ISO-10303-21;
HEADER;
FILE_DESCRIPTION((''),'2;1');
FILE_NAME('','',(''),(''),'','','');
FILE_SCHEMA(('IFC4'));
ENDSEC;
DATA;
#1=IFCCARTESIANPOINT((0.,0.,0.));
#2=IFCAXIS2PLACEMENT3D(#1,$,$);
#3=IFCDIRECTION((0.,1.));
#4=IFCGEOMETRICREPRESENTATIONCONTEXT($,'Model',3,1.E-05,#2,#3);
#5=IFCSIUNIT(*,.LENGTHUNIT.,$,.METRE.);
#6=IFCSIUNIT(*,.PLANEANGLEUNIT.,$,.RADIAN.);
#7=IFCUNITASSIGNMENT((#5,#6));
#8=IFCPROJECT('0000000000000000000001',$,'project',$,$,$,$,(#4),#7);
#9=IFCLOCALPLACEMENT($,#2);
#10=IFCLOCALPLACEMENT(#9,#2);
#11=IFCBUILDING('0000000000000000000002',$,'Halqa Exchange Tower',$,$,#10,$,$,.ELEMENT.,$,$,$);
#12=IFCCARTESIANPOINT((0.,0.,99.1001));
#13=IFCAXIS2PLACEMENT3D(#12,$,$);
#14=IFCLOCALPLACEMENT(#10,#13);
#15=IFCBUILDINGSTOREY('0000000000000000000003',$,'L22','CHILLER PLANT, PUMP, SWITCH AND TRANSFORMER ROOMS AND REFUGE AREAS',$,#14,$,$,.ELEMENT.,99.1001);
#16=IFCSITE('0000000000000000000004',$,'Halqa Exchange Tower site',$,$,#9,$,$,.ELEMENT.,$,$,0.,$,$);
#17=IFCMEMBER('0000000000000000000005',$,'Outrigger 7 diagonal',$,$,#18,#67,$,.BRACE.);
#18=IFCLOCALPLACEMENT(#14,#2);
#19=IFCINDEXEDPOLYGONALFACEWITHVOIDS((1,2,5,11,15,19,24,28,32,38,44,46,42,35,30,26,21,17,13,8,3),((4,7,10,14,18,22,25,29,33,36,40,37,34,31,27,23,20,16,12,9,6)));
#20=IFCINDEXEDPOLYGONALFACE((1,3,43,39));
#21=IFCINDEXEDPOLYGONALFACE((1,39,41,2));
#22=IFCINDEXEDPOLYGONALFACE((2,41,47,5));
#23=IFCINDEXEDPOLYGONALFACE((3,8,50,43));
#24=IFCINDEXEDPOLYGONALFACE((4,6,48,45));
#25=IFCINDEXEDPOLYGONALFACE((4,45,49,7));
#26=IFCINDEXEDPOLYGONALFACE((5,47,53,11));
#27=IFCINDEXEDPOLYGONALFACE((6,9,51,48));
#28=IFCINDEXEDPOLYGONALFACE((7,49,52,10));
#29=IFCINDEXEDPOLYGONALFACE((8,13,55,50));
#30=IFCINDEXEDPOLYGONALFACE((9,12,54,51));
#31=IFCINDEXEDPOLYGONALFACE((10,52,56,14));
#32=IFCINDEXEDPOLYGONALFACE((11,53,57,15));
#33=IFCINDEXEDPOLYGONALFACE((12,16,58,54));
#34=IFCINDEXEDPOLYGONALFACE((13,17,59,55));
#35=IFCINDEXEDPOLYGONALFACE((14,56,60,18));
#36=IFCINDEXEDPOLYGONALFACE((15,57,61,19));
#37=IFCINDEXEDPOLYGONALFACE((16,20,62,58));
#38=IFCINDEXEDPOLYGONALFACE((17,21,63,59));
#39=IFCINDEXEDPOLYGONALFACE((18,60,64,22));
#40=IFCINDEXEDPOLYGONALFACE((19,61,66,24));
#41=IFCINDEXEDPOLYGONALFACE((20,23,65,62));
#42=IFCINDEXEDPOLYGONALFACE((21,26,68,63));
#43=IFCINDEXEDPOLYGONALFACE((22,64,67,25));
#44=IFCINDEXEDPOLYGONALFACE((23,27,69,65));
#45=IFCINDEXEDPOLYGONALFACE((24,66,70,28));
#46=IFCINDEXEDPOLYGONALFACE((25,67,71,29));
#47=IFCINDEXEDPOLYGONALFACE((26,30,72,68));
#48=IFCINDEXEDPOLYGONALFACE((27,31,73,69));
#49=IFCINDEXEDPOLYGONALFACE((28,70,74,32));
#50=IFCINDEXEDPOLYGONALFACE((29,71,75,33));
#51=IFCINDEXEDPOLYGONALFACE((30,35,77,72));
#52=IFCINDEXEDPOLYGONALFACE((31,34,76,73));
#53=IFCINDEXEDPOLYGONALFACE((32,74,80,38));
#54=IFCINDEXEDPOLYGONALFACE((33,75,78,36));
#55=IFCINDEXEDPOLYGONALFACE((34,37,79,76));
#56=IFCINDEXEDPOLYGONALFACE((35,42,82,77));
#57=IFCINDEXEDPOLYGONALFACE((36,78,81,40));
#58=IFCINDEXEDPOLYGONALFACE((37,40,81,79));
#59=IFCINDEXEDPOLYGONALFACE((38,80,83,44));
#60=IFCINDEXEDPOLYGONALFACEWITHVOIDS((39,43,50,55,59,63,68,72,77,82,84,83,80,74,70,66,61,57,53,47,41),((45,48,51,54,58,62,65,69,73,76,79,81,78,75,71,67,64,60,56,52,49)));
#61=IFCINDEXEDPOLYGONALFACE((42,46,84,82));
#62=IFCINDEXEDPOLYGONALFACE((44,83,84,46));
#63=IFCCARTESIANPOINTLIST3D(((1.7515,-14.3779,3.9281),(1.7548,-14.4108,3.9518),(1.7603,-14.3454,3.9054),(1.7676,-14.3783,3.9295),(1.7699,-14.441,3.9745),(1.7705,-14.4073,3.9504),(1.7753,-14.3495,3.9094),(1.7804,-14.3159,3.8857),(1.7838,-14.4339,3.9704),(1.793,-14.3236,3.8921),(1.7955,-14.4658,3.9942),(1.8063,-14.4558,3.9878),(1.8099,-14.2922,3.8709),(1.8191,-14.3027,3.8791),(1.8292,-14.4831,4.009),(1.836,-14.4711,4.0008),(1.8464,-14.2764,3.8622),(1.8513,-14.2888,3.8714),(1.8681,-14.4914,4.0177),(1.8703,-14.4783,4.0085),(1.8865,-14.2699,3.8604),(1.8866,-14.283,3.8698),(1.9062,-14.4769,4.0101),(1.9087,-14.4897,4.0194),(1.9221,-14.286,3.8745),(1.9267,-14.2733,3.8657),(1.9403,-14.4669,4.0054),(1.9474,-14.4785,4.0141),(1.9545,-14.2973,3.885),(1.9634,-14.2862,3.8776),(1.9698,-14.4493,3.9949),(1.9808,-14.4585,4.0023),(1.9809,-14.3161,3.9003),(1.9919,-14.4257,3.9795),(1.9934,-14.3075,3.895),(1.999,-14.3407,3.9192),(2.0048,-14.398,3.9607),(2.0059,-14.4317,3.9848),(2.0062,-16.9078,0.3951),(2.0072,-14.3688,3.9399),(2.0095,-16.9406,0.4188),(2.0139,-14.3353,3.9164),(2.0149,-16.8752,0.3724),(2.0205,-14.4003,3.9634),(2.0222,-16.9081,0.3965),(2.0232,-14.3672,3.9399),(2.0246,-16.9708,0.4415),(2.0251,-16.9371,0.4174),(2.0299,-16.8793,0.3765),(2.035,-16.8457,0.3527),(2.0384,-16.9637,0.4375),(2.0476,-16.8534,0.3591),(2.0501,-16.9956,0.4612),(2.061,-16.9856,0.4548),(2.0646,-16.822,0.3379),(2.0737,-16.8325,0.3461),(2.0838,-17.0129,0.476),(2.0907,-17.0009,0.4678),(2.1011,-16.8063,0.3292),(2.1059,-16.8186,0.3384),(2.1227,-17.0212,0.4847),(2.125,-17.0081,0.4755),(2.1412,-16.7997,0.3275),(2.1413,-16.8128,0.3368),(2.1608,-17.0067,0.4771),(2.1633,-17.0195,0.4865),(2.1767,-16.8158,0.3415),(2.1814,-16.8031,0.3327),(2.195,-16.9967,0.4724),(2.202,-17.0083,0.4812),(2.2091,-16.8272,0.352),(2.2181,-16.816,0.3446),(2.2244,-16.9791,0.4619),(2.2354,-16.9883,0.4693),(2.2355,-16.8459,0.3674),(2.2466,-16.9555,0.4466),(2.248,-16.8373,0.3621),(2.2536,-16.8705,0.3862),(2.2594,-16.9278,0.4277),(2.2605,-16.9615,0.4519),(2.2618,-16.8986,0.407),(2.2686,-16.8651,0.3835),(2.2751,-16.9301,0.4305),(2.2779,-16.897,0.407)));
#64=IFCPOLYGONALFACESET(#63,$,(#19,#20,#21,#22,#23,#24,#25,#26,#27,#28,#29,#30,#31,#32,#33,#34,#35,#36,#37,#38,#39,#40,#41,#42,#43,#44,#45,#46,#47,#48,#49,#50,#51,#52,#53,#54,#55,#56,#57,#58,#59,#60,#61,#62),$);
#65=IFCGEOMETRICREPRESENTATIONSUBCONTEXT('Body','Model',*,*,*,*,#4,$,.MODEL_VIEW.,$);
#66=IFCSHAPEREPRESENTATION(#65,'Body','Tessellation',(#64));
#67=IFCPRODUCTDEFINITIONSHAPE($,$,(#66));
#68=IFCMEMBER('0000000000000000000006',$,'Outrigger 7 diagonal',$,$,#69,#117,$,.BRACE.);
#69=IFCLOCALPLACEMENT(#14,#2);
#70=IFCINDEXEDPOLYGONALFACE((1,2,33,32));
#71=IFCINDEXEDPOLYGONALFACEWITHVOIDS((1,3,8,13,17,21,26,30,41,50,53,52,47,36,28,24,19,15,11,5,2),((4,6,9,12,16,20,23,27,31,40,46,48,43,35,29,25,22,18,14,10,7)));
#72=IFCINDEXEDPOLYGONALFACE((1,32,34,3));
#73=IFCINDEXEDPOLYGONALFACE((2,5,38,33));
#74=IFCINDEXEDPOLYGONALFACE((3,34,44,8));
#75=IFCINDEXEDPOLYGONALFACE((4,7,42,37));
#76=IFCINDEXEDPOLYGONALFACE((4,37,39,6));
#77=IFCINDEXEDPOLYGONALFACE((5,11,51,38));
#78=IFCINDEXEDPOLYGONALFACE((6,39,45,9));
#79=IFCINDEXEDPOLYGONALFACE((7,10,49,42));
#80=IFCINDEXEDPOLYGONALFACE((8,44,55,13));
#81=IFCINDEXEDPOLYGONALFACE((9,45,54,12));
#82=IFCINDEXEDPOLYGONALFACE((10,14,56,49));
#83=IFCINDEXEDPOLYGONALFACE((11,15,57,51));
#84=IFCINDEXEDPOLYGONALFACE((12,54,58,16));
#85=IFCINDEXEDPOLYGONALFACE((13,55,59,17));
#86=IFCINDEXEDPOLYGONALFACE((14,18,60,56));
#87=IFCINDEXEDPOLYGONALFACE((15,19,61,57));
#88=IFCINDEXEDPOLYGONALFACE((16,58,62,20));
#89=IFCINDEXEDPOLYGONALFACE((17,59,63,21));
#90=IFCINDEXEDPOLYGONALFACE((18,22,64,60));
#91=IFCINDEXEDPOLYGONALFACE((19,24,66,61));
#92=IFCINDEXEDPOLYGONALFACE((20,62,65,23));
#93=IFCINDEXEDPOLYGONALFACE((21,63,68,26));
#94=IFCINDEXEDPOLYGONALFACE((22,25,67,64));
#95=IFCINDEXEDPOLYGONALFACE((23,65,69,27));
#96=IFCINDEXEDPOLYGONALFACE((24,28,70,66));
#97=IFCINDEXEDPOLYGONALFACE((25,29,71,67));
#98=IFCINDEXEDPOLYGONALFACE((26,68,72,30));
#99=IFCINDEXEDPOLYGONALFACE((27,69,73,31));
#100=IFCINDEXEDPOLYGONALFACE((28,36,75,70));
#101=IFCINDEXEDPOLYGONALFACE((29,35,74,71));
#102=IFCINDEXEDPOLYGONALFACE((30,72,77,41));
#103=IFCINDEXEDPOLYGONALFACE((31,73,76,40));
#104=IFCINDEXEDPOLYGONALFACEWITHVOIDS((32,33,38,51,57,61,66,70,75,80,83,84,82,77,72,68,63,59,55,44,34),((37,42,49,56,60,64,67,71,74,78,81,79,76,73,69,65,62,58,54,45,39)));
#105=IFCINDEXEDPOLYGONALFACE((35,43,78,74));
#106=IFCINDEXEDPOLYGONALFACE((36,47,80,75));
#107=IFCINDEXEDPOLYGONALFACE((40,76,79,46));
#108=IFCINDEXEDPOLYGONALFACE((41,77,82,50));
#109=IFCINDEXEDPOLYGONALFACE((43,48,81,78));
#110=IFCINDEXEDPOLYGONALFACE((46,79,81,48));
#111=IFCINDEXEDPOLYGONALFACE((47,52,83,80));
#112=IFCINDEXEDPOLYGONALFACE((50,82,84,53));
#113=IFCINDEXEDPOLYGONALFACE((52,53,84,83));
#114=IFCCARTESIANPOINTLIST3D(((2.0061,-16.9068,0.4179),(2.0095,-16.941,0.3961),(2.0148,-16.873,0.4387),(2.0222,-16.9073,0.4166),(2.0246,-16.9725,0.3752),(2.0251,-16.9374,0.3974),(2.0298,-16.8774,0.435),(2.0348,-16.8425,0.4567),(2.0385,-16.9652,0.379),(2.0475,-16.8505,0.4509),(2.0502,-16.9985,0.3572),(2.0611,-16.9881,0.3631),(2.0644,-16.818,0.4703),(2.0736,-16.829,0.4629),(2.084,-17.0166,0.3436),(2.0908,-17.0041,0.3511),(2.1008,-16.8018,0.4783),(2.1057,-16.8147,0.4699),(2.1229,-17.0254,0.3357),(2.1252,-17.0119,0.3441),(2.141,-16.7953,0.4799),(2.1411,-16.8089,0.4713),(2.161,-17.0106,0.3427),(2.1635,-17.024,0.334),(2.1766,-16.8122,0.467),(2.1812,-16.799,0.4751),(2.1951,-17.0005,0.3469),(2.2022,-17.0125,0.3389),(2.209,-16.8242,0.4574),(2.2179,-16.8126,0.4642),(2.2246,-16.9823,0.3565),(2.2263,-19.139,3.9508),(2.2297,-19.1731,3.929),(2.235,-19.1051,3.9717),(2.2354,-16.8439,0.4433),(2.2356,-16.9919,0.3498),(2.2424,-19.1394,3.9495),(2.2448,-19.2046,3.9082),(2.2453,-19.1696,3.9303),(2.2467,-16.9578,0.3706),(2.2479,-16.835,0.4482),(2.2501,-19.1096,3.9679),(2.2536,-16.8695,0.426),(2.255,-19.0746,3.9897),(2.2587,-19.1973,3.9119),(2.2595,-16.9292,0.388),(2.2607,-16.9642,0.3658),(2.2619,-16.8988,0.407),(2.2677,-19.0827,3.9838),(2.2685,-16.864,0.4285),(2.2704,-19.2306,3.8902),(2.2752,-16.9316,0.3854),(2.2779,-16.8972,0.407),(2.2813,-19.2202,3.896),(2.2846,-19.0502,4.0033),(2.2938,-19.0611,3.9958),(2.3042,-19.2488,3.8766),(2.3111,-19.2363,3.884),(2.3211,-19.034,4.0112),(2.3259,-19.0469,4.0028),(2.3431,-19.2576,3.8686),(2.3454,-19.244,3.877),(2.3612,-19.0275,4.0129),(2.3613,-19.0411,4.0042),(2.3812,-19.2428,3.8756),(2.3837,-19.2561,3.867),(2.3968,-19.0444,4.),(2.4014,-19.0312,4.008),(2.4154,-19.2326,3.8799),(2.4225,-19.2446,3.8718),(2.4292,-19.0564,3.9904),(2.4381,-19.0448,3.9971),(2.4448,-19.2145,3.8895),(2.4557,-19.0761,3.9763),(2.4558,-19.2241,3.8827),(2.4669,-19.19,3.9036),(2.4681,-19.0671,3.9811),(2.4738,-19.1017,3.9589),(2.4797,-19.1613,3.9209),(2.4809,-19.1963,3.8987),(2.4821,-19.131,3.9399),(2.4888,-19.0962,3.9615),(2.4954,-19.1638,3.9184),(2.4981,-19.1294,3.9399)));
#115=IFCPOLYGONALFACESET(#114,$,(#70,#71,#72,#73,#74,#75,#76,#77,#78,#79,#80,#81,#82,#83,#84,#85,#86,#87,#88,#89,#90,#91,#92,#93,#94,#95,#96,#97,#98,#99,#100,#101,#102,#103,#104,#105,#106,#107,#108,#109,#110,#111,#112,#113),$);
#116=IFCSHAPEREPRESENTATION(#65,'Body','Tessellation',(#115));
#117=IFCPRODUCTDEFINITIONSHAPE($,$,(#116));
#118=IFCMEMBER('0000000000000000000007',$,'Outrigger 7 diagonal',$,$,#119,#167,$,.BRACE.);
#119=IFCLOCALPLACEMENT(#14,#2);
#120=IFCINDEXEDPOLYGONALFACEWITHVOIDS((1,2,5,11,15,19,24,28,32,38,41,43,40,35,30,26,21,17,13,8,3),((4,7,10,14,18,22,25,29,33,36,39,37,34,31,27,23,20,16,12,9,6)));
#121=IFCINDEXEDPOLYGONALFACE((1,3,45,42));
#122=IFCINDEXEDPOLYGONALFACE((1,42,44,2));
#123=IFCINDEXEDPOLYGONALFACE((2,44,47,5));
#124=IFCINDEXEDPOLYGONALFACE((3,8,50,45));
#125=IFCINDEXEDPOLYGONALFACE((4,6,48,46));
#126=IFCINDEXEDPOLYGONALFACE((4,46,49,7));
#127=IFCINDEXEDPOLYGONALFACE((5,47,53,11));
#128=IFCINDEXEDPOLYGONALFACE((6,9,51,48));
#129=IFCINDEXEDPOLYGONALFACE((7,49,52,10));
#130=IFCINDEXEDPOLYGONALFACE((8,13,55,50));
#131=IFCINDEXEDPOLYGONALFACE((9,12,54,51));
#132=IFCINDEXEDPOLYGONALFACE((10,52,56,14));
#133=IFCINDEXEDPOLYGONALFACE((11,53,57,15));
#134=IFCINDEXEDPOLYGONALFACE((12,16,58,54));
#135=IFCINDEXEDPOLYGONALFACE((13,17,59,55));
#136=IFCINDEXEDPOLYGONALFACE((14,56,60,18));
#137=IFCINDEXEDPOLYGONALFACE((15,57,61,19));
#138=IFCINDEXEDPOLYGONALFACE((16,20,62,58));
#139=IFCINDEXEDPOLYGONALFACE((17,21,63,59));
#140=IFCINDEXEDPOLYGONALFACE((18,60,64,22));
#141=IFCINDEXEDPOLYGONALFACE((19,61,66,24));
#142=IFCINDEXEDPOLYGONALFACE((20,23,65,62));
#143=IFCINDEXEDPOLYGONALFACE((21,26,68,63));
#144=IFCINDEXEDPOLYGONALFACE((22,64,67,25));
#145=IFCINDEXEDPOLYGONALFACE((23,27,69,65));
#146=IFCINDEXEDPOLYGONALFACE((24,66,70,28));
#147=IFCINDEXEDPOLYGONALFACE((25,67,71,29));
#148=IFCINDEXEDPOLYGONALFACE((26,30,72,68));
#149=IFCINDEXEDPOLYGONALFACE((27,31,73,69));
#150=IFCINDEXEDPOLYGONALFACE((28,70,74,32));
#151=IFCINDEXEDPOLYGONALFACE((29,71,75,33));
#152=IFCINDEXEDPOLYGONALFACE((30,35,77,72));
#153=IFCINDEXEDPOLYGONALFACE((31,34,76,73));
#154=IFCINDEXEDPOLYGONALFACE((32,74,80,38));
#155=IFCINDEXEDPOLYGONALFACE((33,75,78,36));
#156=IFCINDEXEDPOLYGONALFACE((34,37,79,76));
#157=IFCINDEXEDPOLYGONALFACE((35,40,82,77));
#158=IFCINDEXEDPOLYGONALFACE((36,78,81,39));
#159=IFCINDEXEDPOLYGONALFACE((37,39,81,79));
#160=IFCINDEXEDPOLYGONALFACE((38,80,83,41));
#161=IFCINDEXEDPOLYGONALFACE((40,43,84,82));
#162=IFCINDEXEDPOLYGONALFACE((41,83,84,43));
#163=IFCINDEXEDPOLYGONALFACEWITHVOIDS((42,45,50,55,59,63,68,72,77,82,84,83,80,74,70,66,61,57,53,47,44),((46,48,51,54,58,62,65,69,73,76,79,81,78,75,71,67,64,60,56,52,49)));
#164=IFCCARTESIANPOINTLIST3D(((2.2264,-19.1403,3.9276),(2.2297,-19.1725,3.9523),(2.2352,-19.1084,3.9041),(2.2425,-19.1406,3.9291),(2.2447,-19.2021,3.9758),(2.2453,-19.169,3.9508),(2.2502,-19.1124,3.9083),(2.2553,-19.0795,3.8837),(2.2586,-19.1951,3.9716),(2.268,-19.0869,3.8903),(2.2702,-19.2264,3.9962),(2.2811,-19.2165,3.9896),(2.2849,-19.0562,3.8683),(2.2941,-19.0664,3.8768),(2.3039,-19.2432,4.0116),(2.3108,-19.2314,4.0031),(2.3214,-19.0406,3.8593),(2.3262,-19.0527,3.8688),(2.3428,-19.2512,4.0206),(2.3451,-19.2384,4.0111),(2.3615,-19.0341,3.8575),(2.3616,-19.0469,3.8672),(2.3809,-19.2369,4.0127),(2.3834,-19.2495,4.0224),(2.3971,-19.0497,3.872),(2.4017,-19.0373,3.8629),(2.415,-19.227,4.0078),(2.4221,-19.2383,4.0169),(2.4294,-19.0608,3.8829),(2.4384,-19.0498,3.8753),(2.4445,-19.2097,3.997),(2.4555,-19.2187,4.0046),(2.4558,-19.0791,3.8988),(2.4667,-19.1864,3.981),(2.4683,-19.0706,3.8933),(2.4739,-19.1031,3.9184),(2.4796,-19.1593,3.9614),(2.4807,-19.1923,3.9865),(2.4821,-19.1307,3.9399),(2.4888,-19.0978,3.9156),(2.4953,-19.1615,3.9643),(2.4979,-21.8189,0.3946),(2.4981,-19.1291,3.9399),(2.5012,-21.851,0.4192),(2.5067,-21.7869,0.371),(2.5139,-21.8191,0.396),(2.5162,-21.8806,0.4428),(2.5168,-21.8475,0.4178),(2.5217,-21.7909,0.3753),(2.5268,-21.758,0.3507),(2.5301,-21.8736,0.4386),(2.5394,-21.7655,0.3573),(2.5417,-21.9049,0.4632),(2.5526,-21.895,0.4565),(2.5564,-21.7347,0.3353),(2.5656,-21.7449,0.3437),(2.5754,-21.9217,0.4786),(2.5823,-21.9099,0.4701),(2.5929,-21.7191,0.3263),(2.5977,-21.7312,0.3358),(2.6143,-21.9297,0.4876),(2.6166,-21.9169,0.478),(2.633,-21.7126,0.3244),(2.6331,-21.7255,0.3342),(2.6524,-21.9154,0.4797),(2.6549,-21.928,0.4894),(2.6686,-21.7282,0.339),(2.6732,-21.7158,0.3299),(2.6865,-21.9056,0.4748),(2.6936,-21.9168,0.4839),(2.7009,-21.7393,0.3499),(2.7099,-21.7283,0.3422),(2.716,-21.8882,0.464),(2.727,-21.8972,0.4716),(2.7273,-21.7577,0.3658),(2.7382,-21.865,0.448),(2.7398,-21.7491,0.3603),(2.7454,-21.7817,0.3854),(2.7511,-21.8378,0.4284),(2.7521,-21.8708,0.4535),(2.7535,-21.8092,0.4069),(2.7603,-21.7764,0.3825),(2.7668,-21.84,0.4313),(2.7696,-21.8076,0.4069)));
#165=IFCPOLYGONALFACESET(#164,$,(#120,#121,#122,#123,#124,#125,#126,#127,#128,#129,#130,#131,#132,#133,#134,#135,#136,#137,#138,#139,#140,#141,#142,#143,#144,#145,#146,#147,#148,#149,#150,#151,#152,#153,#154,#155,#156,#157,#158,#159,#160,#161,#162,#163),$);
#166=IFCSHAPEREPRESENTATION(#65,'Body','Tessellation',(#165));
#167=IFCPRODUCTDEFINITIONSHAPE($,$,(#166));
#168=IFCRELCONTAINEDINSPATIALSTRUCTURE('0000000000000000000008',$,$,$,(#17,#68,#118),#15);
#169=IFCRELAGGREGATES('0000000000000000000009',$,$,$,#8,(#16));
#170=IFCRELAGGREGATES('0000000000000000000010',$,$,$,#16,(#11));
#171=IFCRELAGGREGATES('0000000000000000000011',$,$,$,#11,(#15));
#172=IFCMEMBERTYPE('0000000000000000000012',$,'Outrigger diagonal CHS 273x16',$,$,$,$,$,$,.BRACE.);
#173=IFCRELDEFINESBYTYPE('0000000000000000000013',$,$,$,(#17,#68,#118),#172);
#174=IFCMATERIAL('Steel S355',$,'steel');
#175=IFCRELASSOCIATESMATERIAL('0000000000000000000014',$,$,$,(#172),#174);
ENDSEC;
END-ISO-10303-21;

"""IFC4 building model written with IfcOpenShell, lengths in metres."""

from ifc_helpers import new_model, si_unit, direction, frame, origin, origin_2d, place, context, subcontext, project, spatial, hollow_circle, extrude, material, material_profile, profile_set, type_object, element, save


model = new_model("IFC4")

# Units and contexts
model_context = context("Model", 3, precision=1e-05, world=origin(), true_north=direction((0.0, 1.0)))
body_context = subcontext(model_context, "Body", "Model", "MODEL_VIEW")
ifc_project = project(units=[si_unit("LENGTHUNIT", "METRE"), si_unit("PLANEANGLEUNIT", "RADIAN")], contexts=[model_context])

# Site, building, storey
site_placement = place(None, origin())
site = spatial("IfcSite", under=ifc_project, at=site_placement, Name="Halqa Exchange Tower site", CompositionType="ELEMENT", RefElevation=0.0)
building_placement = place(site_placement, origin())
building = spatial("IfcBuilding", under=site, at=building_placement, Name="Halqa Exchange Tower", CompositionType="ELEMENT")
storey_placement = place(building_placement, frame((0.0, 0.0, 99.1001)))
storey = spatial("IfcBuildingStorey", under=building, at=storey_placement, Name="L22", Description="CHILLER PLANT, PUMP, SWITCH AND TRANSFORMER ROOMS AND REFUGE AREAS", CompositionType="ELEMENT", Elevation=99.1001)

# Members
ifc_material_1 = material(Name="Steel S355", Category="steel")
ifc_material_profile_1 = material_profile(ifc_material_1, hollow_circle(Radius=0.1365, WallThickness=0.0161, at=origin_2d()), Name="CHS 273x16")
ifc_profile_set_1 = profile_set([ifc_material_profile_1], Name="Steel S355")
member_type_1 = type_object("IfcMemberType", Name="Outrigger diagonal CHS 273x16", PredefinedType="BRACE", material=ifc_profile_set_1)
member_1_placement = place(storey_placement, frame((1.8875, -14.3809, 3.9399), z_axis=(0.058501, -0.581192, -0.811661), x_axis=(0.994972, 0.10015, 0.0)))
element("IfcMember", 1, at=member_1_placement, inside=storey, type_object=member_type_1, Name="Outrigger 7 diagonal", PredefinedType="BRACE", context=body_context, shape_type="SweptSolid", body=[
    extrude(hollow_circle(Radius=0.1365, WallThickness=0.0161, at=origin_2d()), origin(), (0.0, 0.0, 1.0), 4.3528),
])
member_2_placement = place(storey_placement, frame((2.1421, -16.9106, 0.407), z_axis=(0.052622, -0.533396, 0.844227), x_axis=(0.995169, 0.098178, 0.0)))
element("IfcMember", 2, at=member_2_placement, inside=storey, type_object=member_type_1, Name="Outrigger 7 diagonal", PredefinedType="BRACE", context=body_context, shape_type="SweptSolid", body=[
    extrude(hollow_circle(Radius=0.1365, WallThickness=0.0161, at=origin_2d()), origin(), (0.0, 0.0, 1.0), 4.1848),
])
member_3_placement = place(storey_placement, frame((2.3623, -19.1428, 3.9399), z_axis=(0.06112, -0.603012, -0.795387), x_axis=(0.994903, 0.100841, 0.0)))
element("IfcMember", 3, at=member_3_placement, inside=storey, type_object=member_type_1, Name="Outrigger 7 diagonal", PredefinedType="BRACE", context=body_context, shape_type="SweptSolid", body=[
    extrude(hollow_circle(Radius=0.1365, WallThickness=0.0161, at=origin_2d()), origin(), (0.0, 0.0, 1.0), 4.4419),
])

save(model, "model.ifc")
